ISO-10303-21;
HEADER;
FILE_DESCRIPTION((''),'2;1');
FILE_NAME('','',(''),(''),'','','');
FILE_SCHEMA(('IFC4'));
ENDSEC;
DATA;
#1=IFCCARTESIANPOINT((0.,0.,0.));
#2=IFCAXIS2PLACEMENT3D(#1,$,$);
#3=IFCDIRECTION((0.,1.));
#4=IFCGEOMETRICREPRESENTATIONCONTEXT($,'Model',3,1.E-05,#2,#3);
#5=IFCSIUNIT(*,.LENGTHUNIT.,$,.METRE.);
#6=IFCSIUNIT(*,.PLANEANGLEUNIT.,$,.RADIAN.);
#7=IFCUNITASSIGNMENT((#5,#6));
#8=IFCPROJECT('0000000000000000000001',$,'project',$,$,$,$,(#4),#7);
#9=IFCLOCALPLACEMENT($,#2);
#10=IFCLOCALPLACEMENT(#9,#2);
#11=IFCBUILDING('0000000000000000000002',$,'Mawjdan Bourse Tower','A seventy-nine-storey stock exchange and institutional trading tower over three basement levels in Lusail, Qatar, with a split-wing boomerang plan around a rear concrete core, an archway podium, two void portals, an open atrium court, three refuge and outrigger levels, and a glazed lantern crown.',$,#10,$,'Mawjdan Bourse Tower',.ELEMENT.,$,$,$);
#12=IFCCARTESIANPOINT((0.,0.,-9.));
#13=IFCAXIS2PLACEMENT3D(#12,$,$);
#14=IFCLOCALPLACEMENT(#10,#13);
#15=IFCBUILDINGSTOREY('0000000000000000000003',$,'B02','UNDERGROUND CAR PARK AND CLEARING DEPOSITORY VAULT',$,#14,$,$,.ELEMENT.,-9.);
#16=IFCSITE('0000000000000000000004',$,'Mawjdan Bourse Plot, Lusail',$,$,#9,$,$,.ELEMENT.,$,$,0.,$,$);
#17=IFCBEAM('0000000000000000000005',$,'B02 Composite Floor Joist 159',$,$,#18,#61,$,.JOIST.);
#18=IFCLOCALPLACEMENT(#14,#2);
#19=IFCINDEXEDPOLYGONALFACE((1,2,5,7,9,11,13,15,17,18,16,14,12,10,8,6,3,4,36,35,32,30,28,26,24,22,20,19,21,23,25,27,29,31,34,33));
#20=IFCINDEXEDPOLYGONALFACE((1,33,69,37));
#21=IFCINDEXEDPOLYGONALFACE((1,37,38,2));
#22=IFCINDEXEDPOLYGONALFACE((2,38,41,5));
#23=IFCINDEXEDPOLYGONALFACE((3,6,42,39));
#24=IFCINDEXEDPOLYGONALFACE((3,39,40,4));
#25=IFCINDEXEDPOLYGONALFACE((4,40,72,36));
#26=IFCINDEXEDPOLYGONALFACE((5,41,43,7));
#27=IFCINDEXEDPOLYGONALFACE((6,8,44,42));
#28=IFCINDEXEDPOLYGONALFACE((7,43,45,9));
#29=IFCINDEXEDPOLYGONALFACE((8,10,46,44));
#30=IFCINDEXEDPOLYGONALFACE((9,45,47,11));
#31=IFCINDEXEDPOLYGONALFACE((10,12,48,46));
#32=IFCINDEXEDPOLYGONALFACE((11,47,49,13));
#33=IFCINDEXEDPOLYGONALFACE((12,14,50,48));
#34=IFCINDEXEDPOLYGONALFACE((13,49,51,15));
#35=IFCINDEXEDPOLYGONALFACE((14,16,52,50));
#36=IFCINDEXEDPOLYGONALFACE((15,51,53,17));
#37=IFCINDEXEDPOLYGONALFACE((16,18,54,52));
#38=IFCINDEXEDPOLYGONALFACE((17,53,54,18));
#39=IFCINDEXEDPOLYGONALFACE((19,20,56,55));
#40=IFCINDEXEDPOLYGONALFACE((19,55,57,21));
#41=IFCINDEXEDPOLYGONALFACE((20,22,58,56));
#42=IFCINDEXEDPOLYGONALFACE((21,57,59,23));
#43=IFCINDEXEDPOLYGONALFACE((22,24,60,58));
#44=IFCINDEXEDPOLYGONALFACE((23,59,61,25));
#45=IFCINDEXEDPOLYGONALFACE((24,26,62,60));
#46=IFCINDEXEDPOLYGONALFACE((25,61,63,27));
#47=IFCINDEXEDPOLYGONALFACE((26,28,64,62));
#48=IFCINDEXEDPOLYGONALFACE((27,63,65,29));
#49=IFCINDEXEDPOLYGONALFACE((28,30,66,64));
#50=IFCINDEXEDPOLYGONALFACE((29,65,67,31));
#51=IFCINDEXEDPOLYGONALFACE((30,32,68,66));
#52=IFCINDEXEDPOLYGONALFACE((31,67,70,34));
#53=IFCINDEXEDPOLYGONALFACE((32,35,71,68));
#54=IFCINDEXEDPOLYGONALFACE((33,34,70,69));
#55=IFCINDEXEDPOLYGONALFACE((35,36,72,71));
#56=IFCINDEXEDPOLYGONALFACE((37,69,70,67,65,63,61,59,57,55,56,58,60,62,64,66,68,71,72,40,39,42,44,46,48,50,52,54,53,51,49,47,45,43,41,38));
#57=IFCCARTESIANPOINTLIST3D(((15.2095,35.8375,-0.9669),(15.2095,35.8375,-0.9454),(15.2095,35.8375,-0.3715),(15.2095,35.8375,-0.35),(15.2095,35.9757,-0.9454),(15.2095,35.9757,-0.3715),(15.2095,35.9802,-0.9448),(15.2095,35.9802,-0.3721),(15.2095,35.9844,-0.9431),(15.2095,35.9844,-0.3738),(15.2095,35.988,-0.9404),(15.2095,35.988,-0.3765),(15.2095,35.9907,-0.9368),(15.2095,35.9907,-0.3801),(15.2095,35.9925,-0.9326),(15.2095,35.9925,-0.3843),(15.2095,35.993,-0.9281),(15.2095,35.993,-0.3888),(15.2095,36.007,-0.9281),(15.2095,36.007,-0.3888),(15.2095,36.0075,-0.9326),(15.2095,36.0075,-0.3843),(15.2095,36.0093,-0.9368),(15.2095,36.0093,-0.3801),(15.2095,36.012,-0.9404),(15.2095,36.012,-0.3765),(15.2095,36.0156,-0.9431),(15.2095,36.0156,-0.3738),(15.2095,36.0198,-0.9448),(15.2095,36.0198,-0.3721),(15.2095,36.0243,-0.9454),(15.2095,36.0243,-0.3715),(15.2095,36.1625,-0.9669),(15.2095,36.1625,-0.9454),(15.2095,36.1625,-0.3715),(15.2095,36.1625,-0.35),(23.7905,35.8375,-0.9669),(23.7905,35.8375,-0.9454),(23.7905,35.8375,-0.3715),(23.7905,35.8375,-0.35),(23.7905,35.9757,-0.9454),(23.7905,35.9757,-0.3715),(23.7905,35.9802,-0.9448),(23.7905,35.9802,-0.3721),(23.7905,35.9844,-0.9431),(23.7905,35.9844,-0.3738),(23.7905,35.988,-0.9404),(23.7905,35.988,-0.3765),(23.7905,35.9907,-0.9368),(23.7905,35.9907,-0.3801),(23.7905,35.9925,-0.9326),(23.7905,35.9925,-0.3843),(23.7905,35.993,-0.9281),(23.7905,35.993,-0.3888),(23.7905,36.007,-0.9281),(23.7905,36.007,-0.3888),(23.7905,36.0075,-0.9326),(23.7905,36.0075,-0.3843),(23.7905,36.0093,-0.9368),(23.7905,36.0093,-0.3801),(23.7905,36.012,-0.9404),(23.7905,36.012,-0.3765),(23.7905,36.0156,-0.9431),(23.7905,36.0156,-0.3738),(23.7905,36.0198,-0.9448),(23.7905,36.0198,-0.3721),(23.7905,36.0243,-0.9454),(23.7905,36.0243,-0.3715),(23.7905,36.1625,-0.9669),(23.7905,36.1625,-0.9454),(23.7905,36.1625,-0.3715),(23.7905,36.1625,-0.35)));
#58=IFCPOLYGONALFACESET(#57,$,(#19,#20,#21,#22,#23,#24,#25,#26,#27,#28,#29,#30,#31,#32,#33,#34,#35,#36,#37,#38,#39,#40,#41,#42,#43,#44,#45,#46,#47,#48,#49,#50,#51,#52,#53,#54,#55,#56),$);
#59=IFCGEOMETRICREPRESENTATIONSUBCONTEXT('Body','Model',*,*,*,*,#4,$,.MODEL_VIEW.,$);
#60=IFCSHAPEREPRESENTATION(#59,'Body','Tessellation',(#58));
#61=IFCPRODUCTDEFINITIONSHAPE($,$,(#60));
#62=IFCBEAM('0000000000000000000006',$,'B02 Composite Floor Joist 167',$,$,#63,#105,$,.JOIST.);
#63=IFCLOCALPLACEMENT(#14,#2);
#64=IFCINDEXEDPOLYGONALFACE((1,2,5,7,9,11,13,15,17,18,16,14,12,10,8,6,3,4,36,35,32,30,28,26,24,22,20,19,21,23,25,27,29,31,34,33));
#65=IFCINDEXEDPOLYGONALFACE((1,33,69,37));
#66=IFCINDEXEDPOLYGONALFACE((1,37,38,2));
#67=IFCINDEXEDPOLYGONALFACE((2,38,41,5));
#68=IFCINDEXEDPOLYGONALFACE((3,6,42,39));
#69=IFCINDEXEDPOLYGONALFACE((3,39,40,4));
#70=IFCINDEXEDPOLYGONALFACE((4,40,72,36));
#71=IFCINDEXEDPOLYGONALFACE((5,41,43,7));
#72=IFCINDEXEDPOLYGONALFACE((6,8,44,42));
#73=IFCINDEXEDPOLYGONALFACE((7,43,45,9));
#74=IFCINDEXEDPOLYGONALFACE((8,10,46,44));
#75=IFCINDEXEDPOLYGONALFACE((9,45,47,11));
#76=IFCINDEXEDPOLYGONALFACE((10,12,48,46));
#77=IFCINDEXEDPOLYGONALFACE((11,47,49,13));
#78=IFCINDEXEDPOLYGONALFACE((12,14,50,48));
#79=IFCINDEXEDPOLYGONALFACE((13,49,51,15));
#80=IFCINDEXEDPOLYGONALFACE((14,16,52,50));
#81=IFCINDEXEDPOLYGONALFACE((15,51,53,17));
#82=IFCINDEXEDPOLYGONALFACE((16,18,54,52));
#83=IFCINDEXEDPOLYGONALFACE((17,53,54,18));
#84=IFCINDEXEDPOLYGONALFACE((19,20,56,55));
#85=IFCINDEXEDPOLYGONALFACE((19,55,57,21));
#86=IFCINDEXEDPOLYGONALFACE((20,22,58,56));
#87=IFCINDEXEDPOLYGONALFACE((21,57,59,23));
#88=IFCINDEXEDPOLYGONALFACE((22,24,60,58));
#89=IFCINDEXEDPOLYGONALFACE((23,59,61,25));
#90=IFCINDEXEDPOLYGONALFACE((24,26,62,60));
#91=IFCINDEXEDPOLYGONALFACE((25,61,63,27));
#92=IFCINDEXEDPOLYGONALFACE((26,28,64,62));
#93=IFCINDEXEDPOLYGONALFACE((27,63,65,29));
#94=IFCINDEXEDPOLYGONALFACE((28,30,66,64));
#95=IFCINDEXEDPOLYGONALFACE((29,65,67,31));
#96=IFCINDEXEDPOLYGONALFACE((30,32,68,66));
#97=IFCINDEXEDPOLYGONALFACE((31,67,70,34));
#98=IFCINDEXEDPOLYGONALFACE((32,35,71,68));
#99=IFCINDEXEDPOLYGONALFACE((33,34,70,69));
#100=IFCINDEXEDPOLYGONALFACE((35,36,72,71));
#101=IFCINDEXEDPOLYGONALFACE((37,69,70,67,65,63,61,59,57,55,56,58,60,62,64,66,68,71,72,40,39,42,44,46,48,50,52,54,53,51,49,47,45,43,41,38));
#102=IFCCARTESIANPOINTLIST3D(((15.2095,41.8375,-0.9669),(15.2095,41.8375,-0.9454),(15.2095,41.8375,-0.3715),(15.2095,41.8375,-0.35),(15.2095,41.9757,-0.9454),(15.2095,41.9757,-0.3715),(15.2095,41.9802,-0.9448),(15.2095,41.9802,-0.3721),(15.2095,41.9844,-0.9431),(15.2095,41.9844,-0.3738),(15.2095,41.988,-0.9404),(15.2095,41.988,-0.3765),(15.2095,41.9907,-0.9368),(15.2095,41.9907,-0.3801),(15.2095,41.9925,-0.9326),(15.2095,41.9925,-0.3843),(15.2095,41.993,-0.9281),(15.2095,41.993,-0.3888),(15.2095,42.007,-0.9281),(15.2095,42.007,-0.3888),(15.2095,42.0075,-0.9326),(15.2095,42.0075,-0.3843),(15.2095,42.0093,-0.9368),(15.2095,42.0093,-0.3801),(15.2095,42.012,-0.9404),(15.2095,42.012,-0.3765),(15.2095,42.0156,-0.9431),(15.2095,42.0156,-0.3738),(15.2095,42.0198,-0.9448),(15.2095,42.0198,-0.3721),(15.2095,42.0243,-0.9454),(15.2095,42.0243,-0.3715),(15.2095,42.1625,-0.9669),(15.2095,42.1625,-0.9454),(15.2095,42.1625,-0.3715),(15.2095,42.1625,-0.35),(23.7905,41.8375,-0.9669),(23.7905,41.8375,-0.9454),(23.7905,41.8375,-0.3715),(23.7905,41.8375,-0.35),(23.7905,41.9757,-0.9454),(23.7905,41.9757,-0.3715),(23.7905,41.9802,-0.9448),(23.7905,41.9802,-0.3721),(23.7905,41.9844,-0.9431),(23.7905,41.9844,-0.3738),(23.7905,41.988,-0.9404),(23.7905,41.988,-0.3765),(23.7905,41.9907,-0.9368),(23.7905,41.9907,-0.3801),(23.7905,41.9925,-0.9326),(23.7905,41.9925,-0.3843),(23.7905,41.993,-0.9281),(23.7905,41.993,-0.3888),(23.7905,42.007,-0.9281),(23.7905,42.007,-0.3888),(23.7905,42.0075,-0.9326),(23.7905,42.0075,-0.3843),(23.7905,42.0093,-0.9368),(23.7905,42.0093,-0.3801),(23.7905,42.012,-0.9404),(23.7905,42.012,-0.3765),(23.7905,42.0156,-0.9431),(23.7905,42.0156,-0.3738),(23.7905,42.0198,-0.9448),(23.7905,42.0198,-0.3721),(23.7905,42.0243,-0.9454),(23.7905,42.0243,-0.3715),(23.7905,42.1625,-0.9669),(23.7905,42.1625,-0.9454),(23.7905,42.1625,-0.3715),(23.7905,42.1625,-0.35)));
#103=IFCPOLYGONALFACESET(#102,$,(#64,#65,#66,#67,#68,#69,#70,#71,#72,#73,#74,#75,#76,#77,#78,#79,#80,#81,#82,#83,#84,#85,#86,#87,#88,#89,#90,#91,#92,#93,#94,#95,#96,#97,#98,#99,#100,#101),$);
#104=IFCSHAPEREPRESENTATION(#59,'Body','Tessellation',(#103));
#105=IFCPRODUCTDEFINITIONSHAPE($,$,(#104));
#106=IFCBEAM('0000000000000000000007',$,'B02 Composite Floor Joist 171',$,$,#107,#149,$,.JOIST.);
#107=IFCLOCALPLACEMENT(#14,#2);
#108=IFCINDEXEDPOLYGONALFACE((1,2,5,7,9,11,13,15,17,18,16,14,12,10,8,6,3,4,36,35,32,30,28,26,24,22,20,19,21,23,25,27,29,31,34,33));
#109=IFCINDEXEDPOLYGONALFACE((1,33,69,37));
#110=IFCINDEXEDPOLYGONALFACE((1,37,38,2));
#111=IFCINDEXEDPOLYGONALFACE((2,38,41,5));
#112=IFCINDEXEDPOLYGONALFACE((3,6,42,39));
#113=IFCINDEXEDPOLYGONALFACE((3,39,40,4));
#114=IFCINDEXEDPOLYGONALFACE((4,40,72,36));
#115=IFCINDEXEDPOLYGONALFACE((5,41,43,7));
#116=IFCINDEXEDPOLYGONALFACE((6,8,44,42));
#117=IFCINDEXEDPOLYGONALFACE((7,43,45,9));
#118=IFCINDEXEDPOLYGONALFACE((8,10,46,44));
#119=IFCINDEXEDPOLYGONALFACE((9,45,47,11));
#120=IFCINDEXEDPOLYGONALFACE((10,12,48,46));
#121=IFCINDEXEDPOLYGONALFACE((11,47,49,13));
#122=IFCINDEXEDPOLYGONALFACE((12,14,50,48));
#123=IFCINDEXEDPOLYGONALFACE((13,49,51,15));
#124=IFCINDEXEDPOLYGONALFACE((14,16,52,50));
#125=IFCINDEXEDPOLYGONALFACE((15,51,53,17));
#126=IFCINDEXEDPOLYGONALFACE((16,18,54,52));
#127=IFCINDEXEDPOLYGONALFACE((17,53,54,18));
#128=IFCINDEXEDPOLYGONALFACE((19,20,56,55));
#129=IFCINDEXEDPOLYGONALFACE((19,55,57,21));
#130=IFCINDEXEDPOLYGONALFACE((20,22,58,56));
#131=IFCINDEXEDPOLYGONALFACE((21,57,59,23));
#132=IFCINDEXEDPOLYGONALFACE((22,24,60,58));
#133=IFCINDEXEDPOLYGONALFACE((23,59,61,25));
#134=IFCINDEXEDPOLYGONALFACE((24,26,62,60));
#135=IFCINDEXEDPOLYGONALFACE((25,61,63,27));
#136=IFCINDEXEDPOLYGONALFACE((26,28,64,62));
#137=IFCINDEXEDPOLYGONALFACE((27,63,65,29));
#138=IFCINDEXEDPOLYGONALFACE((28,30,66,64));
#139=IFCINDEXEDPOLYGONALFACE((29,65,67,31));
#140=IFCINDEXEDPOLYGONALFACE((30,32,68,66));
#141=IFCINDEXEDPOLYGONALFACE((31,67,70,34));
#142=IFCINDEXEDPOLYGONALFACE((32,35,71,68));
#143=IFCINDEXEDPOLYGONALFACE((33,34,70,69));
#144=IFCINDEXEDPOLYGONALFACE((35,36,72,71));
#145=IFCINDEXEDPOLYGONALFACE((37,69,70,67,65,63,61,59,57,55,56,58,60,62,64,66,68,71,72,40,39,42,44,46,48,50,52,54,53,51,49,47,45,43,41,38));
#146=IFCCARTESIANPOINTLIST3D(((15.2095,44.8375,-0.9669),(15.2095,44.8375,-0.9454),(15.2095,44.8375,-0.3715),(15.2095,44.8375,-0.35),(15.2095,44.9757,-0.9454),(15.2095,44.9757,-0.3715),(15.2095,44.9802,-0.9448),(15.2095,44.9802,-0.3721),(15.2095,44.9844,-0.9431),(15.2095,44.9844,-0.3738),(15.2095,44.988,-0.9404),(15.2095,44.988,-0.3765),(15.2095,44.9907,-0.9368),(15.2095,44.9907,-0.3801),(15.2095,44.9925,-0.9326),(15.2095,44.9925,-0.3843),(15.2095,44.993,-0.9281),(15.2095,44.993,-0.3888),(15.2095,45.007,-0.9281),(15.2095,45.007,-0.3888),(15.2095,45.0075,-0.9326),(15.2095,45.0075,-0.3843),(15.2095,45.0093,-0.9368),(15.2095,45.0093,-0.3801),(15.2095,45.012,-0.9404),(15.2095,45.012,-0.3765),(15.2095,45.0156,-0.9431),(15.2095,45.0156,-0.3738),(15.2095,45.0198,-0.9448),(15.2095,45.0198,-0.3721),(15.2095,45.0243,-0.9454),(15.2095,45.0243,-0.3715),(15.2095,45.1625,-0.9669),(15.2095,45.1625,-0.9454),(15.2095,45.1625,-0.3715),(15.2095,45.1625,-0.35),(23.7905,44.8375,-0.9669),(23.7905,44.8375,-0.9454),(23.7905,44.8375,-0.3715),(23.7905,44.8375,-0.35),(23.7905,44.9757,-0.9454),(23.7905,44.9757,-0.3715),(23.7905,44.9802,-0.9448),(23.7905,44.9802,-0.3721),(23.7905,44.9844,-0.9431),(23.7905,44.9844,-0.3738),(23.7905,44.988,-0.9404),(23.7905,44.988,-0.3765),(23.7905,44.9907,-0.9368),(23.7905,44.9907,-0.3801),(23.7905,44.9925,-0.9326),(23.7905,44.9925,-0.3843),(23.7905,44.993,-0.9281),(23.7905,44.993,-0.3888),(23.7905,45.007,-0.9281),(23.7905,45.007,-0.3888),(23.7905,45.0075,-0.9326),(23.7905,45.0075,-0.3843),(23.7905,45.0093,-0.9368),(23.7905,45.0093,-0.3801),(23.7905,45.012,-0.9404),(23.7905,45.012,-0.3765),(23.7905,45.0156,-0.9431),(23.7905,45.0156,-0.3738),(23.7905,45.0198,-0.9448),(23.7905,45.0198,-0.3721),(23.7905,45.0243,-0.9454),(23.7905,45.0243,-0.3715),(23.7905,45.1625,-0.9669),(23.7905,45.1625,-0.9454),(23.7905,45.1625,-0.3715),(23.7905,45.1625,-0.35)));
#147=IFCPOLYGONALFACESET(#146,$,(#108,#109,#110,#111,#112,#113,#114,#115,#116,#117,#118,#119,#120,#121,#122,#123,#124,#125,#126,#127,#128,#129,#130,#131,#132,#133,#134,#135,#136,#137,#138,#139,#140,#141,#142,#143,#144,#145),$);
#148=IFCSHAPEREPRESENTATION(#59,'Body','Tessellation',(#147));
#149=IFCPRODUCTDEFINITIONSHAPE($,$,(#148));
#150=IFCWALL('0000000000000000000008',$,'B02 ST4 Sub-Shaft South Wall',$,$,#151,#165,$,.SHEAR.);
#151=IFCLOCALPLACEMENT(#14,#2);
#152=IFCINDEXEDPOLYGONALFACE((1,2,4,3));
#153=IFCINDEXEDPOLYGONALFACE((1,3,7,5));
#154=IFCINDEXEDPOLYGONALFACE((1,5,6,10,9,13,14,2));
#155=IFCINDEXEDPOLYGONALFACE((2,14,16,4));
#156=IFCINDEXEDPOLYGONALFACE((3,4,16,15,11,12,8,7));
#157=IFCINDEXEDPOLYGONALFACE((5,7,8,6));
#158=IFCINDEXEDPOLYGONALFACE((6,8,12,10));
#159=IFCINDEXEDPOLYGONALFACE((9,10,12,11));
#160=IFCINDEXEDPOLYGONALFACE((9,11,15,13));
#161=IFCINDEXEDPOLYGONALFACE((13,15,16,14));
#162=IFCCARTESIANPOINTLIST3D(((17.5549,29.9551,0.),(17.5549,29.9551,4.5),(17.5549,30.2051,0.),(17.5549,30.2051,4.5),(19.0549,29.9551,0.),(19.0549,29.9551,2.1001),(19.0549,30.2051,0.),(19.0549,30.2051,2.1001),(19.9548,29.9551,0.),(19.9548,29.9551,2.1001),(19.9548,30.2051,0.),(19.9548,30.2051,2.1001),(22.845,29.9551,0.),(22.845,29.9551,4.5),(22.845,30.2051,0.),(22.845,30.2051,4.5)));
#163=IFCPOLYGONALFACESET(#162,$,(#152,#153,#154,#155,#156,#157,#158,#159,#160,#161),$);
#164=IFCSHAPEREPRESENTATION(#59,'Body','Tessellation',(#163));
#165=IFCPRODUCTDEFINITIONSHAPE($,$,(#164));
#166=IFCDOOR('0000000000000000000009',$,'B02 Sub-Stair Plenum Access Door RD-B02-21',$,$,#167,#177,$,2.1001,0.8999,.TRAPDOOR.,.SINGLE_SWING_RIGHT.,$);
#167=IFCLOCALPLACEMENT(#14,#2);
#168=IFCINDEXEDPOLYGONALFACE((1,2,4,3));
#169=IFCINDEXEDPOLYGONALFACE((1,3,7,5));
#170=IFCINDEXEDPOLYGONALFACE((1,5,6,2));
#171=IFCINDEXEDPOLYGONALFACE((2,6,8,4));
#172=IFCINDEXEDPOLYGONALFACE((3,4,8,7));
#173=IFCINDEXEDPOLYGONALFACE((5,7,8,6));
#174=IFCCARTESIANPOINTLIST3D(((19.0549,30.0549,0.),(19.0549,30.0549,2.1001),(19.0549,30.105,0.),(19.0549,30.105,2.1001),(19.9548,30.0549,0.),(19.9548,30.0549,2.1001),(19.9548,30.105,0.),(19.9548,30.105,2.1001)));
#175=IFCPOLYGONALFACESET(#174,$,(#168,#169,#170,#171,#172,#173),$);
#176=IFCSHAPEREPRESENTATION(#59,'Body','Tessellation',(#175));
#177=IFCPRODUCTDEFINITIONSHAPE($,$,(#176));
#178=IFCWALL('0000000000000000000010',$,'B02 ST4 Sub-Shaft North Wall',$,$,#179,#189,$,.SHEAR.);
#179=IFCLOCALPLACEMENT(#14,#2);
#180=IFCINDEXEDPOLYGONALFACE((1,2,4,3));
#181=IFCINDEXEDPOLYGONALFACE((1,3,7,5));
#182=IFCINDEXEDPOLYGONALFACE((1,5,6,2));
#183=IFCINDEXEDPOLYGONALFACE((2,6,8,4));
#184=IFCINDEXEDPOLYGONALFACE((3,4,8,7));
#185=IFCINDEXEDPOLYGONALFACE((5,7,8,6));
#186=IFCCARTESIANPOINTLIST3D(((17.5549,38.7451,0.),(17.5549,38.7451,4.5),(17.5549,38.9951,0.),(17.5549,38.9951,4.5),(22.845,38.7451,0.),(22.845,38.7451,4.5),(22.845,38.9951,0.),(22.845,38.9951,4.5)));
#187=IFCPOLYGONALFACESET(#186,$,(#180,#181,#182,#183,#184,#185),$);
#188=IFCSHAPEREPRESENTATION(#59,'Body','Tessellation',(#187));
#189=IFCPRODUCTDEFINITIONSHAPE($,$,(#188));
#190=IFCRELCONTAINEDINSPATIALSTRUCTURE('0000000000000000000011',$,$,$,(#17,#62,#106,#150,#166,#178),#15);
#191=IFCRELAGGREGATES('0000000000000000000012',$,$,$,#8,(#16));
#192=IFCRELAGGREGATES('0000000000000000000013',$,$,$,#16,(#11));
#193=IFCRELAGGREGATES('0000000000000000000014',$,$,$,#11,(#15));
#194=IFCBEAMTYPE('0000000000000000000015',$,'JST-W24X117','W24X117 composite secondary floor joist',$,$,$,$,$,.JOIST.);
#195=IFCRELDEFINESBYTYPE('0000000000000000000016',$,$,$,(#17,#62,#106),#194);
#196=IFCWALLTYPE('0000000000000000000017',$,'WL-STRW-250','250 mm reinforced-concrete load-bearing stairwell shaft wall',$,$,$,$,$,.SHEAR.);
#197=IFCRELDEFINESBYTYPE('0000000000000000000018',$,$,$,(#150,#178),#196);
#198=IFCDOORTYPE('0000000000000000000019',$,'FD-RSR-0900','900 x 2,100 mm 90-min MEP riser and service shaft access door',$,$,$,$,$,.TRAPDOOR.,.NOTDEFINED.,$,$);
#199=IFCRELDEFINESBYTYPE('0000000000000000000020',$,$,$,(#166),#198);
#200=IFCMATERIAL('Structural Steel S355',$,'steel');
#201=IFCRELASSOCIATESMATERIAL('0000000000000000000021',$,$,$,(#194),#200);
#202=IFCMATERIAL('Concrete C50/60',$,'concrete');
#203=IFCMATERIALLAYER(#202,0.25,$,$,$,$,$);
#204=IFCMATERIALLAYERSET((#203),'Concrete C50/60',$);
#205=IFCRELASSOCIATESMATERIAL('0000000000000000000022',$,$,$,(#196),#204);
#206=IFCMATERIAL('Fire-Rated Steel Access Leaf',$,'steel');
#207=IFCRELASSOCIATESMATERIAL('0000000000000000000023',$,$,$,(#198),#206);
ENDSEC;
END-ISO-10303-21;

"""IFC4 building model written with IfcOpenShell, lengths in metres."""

from ifc_helpers import new_model, si_unit, direction, frame, frame_2d, origin, origin_2d, place, context, subcontext, project, spatial, rectangle, i_section, extrude, material, layer, layer_set, material_profile, profile_set, type_object, element, fill, save


model = new_model("IFC4")

# Units and contexts
model_context = context("Model", 3, precision=1e-05, world=origin(), true_north=direction((0.0, 1.0)))
body_context = subcontext(model_context, "Body", "Model", "MODEL_VIEW")
ifc_project = project(units=[si_unit("LENGTHUNIT", "METRE"), si_unit("PLANEANGLEUNIT", "RADIAN")], contexts=[model_context])

# Site, building, storey
site_placement = place(None, origin())
site = spatial("IfcSite", under=ifc_project, at=site_placement, Name="Mawjdan Bourse Plot, Lusail", CompositionType="ELEMENT", RefElevation=0.0)
building_placement = place(site_placement, origin())
building = spatial("IfcBuilding", under=site, at=building_placement, Name="Mawjdan Bourse Tower", Description="A seventy-nine-storey stock exchange and institutional trading tower over three basement levels in Lusail, Qatar, with a split-wing boomerang plan around a rear concrete core, an archway podium, two void portals, an open atrium court, three refuge and outrigger levels, and a glazed lantern crown.", LongName="Mawjdan Bourse Tower", CompositionType="ELEMENT")
storey_placement = place(building_placement, frame((0.0, 0.0, -9.0)))
storey = spatial("IfcBuildingStorey", under=building, at=storey_placement, Name="B02", Description="UNDERGROUND CAR PARK AND CLEARING DEPOSITORY VAULT", CompositionType="ELEMENT", Elevation=-9.0)

# Beams
ifc_material_1 = material(Name="Structural Steel S355", Category="steel")
ifc_material_profile_1 = material_profile(ifc_material_1, i_section(OverallWidth=0.325, OverallDepth=0.6169, WebThickness=0.0139, FlangeThickness=0.0215, FilletRadius=0.0173, at=origin_2d()), Name="W24X117")
ifc_profile_set_1 = profile_set([ifc_material_profile_1], Name="Structural Steel S355")
beam_type_1 = type_object("IfcBeamType", Name="JST-W24X117", Description="W24X117 composite secondary floor joist", PredefinedType="JOIST", material=ifc_profile_set_1)
for number, where, z_axis, x_axis, name in (
    (1, (15.2095, 36.0, -0.6584), (1.0, 0.0, 0.0), (0.0, 1.0, 0.0), "B02 Composite Floor Joist 159"),
    (2, (15.2095, 42.0, -0.6584), (1.0, 0.0, 0.0), (0.0, 1.0, 0.0), "B02 Composite Floor Joist 167"),
    (3, (15.2095, 45.0, -0.6584), (1.0, 0.0, 0.0), (0.0, 1.0, 0.0), "B02 Composite Floor Joist 171"),
):
    element("IfcBeam", number, at=place(storey_placement, frame(where, z_axis=z_axis, x_axis=x_axis)), inside=storey, type_object=beam_type_1, Name=name, PredefinedType="JOIST", context=body_context, shape_type="SweptSolid", body=[
        extrude(i_section(OverallWidth=0.325, OverallDepth=0.6169, WebThickness=0.0139, FlangeThickness=0.0215, FilletRadius=0.0173, at=origin_2d()), origin(), (0.0, 0.0, 1.0), 8.5811),
    ])

# Wall, opening, door
ifc_material_2 = material(Name="Concrete C50/60", Category="concrete")
ifc_layer = layer(ifc_material_2, 0.25)
ifc_layer_set = layer_set([ifc_layer], Name="Concrete C50/60")
wall_type = type_object("IfcWallType", Name="WL-STRW-250", Description="250 mm reinforced-concrete load-bearing stairwell shaft wall", PredefinedType="SHEAR", material=ifc_layer_set)
wall_1_placement = place(storey_placement, frame((17.5549, 30.0801, 0.0), z_axis=(0.0, 0.0, 1.0), x_axis=(1.0, 0.0, 0.0)))
wall_1 = element("IfcWall", 4, at=wall_1_placement, inside=storey, type_object=wall_type, Name="B02 ST4 Sub-Shaft South Wall", PredefinedType="SHEAR", context=body_context, shape_type="SweptSolid", body=[
    extrude(rectangle(XDim=5.29, YDim=0.25, at=frame_2d((2.645, 0.0))), origin(), (0.0, 0.0, 1.0), 4.5),
])
opening_placement = place(wall_1_placement, frame((1.5, 0.0, 0.0)))
opening = element("IfcOpeningElement", 5, at=opening_placement, cuts=wall_1, PredefinedType="OPENING", context=body_context, shape_type="SweptSolid", body=[
    extrude(rectangle(XDim=0.8999, YDim=2.1001, at=frame_2d((0.45, 1.05))), frame((0.0, 0.135, 0.0), z_axis=(0.0, -1.0, 0.0), x_axis=(1.0, 0.0, 0.0)), (0.0, 0.0, 1.0), 0.27),
])
ifc_material_3 = material(Name="Fire-Rated Steel Access Leaf", Category="steel")
door_type = type_object("IfcDoorType", Name="FD-RSR-0900", Description="900 x 2,100 mm 90-min MEP riser and service shaft access door", OperationType="NOTDEFINED", PredefinedType="TRAPDOOR", material=ifc_material_3)
door_placement = place(opening_placement, origin())
door = element("IfcDoor", 6, at=door_placement, inside=storey, type_object=door_type, Name="B02 Sub-Stair Plenum Access Door RD-B02-21", OperationType="SINGLE_SWING_RIGHT", OverallHeight=2.1001, OverallWidth=0.8999, PredefinedType="TRAPDOOR", context=body_context, shape_type="SweptSolid", body=[
    extrude(rectangle(XDim=0.8999, YDim=2.1001, at=frame_2d((0.45, 1.05))), frame((0.0, 0.0249, 0.0), z_axis=(0.0, -1.0, 0.0), x_axis=(1.0, 0.0, 0.0)), (0.0, 0.0, 1.0), 0.05),
])
fill(opening, door)

# Wall
wall_2_placement = place(storey_placement, frame((17.5549, 38.8701, 0.0), z_axis=(0.0, 0.0, 1.0), x_axis=(1.0, 0.0, 0.0)))
element("IfcWall", 7, at=wall_2_placement, inside=storey, type_object=wall_type, Name="B02 ST4 Sub-Shaft North Wall", PredefinedType="SHEAR", context=body_context, shape_type="SweptSolid", body=[
    extrude(rectangle(XDim=5.29, YDim=0.25, at=frame_2d((2.645, 0.0))), origin(), (0.0, 0.0, 1.0), 4.5),
])

save(model, "model.ifc")
